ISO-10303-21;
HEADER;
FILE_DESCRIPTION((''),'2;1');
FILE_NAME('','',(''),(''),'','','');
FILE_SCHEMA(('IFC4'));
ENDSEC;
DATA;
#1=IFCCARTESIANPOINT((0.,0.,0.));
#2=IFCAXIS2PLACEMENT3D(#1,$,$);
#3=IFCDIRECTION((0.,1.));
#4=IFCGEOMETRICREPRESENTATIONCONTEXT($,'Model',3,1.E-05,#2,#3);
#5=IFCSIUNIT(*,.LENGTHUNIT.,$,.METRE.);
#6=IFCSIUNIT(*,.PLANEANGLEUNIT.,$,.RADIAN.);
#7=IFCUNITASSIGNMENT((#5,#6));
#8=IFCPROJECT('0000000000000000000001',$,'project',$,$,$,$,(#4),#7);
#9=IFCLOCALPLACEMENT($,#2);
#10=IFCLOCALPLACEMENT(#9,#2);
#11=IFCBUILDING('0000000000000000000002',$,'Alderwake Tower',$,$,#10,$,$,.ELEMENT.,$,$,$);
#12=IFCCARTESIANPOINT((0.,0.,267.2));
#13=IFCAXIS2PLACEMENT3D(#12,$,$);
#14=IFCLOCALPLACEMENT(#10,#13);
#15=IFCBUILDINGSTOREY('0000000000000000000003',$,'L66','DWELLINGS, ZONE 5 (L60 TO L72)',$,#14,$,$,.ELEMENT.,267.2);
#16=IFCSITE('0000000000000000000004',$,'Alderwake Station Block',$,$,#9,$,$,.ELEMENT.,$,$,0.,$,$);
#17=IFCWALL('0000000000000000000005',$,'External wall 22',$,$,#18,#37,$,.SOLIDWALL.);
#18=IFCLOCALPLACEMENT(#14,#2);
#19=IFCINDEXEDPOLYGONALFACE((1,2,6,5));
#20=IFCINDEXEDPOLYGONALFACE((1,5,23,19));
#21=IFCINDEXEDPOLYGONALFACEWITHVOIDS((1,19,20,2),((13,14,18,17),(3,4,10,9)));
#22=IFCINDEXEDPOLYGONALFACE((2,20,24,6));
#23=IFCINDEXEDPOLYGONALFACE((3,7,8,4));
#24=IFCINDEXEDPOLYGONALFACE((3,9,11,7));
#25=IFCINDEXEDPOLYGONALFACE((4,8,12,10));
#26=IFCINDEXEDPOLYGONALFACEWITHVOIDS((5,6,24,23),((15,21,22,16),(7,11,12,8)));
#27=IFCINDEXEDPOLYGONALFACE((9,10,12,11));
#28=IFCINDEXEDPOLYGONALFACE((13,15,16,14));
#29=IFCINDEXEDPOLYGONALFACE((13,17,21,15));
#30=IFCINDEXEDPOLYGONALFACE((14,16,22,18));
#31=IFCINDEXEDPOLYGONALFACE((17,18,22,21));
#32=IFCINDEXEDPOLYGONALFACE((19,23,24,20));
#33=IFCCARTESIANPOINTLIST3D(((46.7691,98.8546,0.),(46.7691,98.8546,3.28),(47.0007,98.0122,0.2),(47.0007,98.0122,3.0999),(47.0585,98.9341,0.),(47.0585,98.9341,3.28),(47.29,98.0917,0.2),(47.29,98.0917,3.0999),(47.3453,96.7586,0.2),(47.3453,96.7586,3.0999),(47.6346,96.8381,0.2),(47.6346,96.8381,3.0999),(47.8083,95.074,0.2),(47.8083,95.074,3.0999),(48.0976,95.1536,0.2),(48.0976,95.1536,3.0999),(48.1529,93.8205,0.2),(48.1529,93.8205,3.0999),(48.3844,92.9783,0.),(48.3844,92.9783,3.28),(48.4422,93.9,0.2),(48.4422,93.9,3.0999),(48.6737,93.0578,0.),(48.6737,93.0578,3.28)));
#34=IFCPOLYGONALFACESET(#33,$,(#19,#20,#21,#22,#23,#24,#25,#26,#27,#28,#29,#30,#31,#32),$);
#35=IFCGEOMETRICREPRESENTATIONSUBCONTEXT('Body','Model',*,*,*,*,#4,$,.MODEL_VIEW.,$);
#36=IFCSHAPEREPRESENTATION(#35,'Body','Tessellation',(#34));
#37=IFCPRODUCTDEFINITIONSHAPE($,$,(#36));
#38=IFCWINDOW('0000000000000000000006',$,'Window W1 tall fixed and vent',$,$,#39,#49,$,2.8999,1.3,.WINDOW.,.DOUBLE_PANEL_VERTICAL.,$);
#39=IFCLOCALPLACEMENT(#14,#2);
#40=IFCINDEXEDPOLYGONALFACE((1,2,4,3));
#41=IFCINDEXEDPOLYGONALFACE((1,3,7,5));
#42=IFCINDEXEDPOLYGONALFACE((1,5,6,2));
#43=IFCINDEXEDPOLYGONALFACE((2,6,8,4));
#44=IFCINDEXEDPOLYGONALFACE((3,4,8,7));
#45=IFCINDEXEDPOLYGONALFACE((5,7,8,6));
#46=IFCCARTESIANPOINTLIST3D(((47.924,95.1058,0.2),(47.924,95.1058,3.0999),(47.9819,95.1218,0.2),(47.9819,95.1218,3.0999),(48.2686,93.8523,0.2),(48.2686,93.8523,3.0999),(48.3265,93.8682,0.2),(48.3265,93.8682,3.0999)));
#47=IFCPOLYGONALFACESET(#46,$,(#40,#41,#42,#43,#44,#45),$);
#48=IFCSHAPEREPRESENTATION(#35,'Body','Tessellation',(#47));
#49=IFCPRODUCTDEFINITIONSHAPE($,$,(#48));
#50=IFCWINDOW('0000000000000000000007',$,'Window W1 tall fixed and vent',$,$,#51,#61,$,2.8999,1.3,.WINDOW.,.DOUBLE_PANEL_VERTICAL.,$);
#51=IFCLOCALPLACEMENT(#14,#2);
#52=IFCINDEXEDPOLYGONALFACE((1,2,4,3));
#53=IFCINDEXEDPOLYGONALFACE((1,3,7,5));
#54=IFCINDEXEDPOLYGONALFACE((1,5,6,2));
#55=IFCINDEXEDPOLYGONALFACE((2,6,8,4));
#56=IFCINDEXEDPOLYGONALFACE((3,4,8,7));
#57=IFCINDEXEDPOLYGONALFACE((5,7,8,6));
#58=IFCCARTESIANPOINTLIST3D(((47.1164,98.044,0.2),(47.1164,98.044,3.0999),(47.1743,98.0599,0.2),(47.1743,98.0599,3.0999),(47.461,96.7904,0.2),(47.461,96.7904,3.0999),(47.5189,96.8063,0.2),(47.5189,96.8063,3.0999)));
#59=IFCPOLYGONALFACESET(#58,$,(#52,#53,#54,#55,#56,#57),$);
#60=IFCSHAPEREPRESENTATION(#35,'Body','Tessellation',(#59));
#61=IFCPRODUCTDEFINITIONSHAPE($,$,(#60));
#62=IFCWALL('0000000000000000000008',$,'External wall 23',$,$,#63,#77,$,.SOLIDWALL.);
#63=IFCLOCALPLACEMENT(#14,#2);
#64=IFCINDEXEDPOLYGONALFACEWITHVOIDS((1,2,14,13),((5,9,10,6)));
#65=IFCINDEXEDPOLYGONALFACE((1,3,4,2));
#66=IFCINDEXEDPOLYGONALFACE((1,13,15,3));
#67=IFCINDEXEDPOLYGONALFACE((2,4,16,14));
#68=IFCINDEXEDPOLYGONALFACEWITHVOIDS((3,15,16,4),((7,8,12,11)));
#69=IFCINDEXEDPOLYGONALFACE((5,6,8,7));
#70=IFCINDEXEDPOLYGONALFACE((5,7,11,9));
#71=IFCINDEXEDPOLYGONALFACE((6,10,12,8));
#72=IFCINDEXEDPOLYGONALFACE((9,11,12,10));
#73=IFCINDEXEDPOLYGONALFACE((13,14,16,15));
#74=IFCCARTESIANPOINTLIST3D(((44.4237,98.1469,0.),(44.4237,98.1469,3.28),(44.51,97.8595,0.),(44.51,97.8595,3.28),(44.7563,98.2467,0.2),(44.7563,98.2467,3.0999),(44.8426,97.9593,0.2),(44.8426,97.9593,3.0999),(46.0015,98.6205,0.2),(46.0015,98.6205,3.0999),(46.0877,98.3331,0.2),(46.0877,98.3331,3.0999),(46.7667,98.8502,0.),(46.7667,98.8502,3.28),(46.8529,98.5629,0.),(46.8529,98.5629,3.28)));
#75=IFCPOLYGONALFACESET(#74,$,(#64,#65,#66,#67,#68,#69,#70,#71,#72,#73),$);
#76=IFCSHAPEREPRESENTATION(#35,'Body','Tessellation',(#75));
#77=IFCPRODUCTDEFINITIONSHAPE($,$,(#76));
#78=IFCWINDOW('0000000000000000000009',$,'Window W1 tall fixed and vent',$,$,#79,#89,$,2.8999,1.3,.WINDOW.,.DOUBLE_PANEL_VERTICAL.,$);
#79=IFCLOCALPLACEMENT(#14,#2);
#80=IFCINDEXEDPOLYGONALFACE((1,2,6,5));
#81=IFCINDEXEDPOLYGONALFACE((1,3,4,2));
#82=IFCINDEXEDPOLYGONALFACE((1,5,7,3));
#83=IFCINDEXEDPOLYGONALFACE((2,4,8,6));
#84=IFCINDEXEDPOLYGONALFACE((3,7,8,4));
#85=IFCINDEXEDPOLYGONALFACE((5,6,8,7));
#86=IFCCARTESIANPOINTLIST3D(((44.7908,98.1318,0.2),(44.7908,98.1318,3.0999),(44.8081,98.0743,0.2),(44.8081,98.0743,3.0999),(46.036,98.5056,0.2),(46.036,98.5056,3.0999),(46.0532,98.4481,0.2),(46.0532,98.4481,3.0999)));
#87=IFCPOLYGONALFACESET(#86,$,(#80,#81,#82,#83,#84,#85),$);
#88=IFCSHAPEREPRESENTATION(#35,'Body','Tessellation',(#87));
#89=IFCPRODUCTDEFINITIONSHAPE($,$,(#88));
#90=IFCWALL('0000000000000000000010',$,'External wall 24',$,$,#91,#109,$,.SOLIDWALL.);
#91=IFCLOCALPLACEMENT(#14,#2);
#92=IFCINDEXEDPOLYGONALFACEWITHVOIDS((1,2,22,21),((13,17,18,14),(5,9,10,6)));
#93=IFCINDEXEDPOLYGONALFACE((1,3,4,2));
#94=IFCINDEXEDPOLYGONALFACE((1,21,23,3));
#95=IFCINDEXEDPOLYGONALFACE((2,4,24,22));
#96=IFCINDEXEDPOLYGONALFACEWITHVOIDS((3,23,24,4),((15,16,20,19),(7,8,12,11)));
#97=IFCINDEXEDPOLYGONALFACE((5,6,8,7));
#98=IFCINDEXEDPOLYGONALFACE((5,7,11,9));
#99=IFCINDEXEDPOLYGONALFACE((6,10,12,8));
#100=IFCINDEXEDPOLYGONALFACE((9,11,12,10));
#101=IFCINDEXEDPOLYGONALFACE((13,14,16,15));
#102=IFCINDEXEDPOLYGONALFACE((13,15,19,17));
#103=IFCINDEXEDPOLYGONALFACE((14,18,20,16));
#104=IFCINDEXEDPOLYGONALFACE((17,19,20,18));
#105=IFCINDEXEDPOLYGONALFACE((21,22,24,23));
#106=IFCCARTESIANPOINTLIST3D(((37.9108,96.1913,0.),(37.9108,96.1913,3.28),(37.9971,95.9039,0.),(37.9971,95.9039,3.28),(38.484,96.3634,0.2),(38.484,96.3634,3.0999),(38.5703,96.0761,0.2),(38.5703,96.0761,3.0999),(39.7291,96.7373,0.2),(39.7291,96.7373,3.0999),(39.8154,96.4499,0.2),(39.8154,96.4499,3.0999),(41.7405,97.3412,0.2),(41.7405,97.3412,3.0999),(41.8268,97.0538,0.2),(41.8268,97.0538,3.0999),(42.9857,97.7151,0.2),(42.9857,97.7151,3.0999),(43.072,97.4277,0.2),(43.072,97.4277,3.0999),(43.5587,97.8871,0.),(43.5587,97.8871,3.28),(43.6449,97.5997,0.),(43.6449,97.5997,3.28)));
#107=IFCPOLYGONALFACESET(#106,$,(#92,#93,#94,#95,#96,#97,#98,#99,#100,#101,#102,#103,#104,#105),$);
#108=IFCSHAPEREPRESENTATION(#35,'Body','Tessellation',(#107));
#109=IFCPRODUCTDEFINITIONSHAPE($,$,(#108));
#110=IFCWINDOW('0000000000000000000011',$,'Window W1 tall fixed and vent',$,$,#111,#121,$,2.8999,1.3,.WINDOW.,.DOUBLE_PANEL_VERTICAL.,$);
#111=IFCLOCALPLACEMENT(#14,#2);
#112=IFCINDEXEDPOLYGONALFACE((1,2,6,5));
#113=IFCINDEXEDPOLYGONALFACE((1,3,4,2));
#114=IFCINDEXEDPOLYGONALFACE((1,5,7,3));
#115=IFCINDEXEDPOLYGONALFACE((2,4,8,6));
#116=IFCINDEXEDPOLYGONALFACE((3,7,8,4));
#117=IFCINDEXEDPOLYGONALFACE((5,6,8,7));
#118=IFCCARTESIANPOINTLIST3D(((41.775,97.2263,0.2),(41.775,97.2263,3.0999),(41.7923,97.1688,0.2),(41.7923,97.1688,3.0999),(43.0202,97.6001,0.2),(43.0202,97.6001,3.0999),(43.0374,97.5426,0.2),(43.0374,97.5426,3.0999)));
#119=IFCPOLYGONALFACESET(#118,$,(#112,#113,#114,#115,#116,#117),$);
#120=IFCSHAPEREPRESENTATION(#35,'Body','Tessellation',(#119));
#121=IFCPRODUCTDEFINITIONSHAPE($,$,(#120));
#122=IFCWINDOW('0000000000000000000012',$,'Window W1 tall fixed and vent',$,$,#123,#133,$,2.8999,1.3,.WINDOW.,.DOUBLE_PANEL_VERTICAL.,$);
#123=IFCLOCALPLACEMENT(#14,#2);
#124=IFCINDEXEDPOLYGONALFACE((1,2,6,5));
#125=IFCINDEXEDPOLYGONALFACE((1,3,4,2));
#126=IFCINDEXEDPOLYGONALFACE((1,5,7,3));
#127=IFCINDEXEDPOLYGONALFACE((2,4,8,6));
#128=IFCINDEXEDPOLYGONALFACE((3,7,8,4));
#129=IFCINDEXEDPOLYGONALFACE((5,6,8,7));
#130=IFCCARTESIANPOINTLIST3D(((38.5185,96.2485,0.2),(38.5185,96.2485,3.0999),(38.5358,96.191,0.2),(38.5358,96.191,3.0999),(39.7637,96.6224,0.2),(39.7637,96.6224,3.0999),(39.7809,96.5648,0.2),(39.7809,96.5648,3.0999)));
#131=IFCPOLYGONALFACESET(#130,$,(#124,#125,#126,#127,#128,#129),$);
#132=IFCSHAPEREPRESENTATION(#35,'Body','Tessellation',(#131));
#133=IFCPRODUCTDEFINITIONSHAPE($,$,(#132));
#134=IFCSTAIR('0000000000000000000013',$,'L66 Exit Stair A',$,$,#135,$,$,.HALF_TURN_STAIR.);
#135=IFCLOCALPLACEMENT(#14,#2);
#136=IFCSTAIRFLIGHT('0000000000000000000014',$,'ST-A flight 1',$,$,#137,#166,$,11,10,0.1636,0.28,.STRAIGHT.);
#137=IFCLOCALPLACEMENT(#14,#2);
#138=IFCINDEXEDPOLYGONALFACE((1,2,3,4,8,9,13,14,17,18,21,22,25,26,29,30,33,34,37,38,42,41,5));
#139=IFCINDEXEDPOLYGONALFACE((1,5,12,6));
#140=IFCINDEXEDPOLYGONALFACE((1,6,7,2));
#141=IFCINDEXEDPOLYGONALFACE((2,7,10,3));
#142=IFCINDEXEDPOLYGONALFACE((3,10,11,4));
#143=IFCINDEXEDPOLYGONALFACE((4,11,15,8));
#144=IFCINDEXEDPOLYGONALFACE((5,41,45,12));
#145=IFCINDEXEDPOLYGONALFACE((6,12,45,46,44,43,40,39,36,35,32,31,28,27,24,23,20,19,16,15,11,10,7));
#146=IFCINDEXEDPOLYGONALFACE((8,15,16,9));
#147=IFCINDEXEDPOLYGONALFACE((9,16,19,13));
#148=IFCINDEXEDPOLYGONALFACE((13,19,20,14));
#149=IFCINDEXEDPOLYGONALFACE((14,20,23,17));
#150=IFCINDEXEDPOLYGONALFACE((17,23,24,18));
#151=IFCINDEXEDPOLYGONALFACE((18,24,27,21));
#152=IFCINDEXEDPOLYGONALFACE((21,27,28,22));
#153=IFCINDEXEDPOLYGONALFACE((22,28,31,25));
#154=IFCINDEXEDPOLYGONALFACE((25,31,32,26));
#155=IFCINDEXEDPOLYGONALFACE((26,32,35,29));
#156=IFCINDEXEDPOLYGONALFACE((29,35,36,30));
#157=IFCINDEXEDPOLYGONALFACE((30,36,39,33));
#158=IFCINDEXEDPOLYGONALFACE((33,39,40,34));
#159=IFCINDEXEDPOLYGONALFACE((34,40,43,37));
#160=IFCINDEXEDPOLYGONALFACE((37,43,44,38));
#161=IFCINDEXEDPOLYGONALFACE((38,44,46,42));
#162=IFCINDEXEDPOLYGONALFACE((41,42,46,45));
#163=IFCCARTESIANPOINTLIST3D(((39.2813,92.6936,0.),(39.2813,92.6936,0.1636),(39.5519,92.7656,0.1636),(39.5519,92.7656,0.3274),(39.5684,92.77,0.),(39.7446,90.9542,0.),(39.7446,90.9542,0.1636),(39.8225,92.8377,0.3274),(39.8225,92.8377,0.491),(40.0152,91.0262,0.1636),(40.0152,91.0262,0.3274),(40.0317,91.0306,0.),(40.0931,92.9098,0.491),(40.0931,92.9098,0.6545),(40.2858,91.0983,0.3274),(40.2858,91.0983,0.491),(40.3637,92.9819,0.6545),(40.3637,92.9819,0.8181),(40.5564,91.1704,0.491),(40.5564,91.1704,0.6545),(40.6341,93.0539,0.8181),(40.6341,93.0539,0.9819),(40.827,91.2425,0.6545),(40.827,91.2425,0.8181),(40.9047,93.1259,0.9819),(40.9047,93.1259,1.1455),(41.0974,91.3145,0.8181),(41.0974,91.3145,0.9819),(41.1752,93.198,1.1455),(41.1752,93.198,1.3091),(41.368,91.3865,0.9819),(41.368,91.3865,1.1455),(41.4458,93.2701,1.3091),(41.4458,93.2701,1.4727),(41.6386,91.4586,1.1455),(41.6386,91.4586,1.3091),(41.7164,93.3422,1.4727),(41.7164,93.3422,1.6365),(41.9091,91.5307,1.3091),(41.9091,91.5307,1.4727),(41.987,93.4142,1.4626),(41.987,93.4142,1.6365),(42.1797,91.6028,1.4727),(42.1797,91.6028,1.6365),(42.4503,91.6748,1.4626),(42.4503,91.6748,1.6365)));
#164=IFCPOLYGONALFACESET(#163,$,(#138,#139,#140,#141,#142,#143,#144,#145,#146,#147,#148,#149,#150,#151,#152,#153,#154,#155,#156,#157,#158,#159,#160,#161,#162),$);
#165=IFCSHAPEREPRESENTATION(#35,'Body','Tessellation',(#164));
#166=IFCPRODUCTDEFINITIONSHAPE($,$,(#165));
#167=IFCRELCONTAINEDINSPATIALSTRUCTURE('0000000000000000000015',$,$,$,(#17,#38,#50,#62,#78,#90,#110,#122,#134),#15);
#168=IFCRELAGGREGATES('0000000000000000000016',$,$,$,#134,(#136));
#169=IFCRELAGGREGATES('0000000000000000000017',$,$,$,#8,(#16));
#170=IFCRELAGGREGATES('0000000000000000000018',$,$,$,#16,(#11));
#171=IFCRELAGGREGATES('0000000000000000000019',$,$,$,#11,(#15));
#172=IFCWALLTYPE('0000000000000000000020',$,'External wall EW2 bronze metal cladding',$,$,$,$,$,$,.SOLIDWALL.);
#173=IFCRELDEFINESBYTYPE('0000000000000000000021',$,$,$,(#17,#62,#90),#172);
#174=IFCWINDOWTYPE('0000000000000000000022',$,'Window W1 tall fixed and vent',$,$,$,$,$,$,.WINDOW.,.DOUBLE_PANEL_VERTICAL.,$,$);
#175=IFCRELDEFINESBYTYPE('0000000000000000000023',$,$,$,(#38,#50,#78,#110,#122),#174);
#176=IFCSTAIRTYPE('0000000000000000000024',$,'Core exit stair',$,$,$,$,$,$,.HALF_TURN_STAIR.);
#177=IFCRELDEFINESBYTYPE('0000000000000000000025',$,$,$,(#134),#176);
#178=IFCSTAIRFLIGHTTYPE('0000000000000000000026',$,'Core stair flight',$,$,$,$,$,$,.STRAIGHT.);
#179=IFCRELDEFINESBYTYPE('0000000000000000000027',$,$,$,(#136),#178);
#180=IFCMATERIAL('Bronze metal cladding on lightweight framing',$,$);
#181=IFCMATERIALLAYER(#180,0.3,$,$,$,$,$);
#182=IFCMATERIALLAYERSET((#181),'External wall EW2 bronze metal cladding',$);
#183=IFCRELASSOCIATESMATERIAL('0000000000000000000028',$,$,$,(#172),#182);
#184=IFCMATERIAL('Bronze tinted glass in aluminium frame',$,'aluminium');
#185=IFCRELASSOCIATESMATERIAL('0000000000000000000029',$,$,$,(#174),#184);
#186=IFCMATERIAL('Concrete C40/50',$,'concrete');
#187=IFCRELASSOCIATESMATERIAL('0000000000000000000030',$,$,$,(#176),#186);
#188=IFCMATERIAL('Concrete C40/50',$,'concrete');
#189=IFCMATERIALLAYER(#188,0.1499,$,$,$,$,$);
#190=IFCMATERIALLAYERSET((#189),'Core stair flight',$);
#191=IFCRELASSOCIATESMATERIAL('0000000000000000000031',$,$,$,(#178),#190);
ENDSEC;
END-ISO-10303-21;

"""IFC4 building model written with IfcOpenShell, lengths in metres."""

from ifc_helpers import new_model, si_unit, direction, frame, frame_2d, origin, place, context, subcontext, project, spatial, polyline, rectangle, outline, extrude, material, layer, layer_set, type_object, element, fill, aggregate, save


model = new_model("IFC4")

# Units and contexts
model_context = context("Model", 3, precision=1e-05, world=origin(), true_north=direction((0.0, 1.0)))
body_context = subcontext(model_context, "Body", "Model", "MODEL_VIEW")
ifc_project = project(units=[si_unit("LENGTHUNIT", "METRE"), si_unit("PLANEANGLEUNIT", "RADIAN")], contexts=[model_context])

# Site, building, storey
site_placement = place(None, origin())
site = spatial("IfcSite", under=ifc_project, at=site_placement, Name="Alderwake Station Block", CompositionType="ELEMENT", RefElevation=0.0)
building_placement = place(site_placement, origin())
building = spatial("IfcBuilding", under=site, at=building_placement, Name="Alderwake Tower", CompositionType="ELEMENT")
storey_placement = place(building_placement, frame((0.0, 0.0, 267.2)))
storey = spatial("IfcBuildingStorey", under=building, at=storey_placement, Name="L66", Description="DWELLINGS, ZONE 5 (L60 TO L72)", CompositionType="ELEMENT", Elevation=267.2)

# Shared definitions
ifc_material_1 = material(Name="Bronze metal cladding on lightweight framing")
ifc_layer_1 = layer(ifc_material_1, 0.3)
ifc_layer_set_1 = layer_set([ifc_layer_1], Name="External wall EW2 bronze metal cladding")
wall_type_1 = type_object("IfcWallType", Name="External wall EW2 bronze metal cladding", PredefinedType="SOLIDWALL", material=ifc_layer_set_1)
ifc_material_2 = material(Name="Bronze tinted glass in aluminium frame", Category="aluminium")
window_type = type_object("IfcWindowType", Name="Window W1 tall fixed and vent", PartitioningType="DOUBLE_PANEL_VERTICAL", PredefinedType="WINDOW", material=ifc_material_2)

# Wall, openings, windows
wall_1_placement = place(storey_placement, frame((48.5291, 93.0181, 0.0), z_axis=(0.0, 0.0, 1.0), x_axis=(-0.265046, 0.964236, 0.0)))
wall_1 = element("IfcWall", 1, at=wall_1_placement, inside=storey, type_object=wall_type_1, Name="External wall 22", PredefinedType="SOLIDWALL", context=body_context, shape_type="SweptSolid", body=[
    extrude(rectangle(XDim=6.0942, YDim=0.3, at=frame_2d((3.0471, 0.0))), origin(), (0.0, 0.0, 1.0), 3.28),
])
opening_1_placement = place(wall_1_placement, frame((0.8735, 0.0, 0.2)))
opening_1 = element("IfcOpeningElement", 2, at=opening_1_placement, cuts=wall_1, PredefinedType="OPENING", context=body_context, shape_type="SweptSolid", body=[
    extrude(rectangle(XDim=1.3, YDim=2.8999, at=frame_2d((0.6499, 1.45))), frame((0.0, 0.1599, 0.0), z_axis=(0.0, -1.0, 0.0), x_axis=(1.0, 0.0, 0.0)), (0.0, 0.0, 1.0), 0.3201),
])
opening_2_placement = place(wall_1_placement, frame((3.9207, 0.0, 0.2)))
opening_2 = element("IfcOpeningElement", 3, at=opening_2_placement, cuts=wall_1, PredefinedType="OPENING", context=body_context, shape_type="SweptSolid", body=[
    extrude(rectangle(XDim=1.3, YDim=2.8999, at=frame_2d((0.6499, 1.45))), frame((0.0, 0.1599, 0.0), z_axis=(0.0, -1.0, 0.0), x_axis=(1.0, 0.0, 0.0)), (0.0, 0.0, 1.0), 0.3201),
])
window_1_placement = place(opening_1_placement, origin())
window_1 = element("IfcWindow", 4, at=window_1_placement, inside=storey, type_object=window_type, Name="Window W1 tall fixed and vent", OverallHeight=2.8999, OverallWidth=1.3, PartitioningType="DOUBLE_PANEL_VERTICAL", PredefinedType="WINDOW", context=body_context, shape_type="SweptSolid", body=[
    extrude(rectangle(XDim=1.3, YDim=2.8999, at=frame_2d((0.6499, 1.45))), frame((0.0, 0.03, 0.0), z_axis=(0.0, -1.0, 0.0), x_axis=(1.0, 0.0, 0.0)), (0.0, 0.0, 1.0), 0.0601),
])
fill(opening_1, window_1)
window_2_placement = place(opening_2_placement, origin())
window_2 = element("IfcWindow", 5, at=window_2_placement, inside=storey, type_object=window_type, Name="Window W1 tall fixed and vent", OverallHeight=2.8999, OverallWidth=1.3, PartitioningType="DOUBLE_PANEL_VERTICAL", PredefinedType="WINDOW", context=body_context, shape_type="SweptSolid", body=[
    extrude(rectangle(XDim=1.3, YDim=2.8999, at=frame_2d((0.6499, 1.45))), frame((0.0, 0.03, 0.0), z_axis=(0.0, -1.0, 0.0), x_axis=(1.0, 0.0, 0.0)), (0.0, 0.0, 1.0), 0.0601),
])
fill(opening_2, window_2)

# Wall, opening, window
wall_2_placement = place(storey_placement, frame((46.8098, 98.7065, 0.0), z_axis=(0.0, 0.0, 1.0), x_axis=(-0.957774, -0.287522, 0.0)))
wall_2 = element("IfcWall", 6, at=wall_2_placement, inside=storey, type_object=wall_type_1, Name="External wall 23", PredefinedType="SOLIDWALL", context=body_context, shape_type="SweptSolid", body=[
    extrude(rectangle(XDim=2.4463, YDim=0.3, at=frame_2d((1.2231, 0.0))), origin(), (0.0, 0.0, 1.0), 3.28),
])
opening_3_placement = place(wall_2_placement, frame((0.7991, 0.0, 0.2)))
opening_3 = element("IfcOpeningElement", 7, at=opening_3_placement, cuts=wall_2, PredefinedType="OPENING", context=body_context, shape_type="SweptSolid", body=[
    extrude(rectangle(XDim=1.3, YDim=2.8999, at=frame_2d((0.6499, 1.45))), frame((0.0, 0.1599, 0.0), z_axis=(0.0, -1.0, 0.0), x_axis=(1.0, 0.0, 0.0)), (0.0, 0.0, 1.0), 0.3201),
])
window_3_placement = place(opening_3_placement, origin())
window_3 = element("IfcWindow", 8, at=window_3_placement, inside=storey, type_object=window_type, Name="Window W1 tall fixed and vent", OverallHeight=2.8999, OverallWidth=1.3, PartitioningType="DOUBLE_PANEL_VERTICAL", PredefinedType="WINDOW", context=body_context, shape_type="SweptSolid", body=[
    extrude(rectangle(XDim=1.3, YDim=2.8999, at=frame_2d((0.6499, 1.45))), frame((0.0, 0.03, 0.0), z_axis=(0.0, -1.0, 0.0), x_axis=(1.0, 0.0, 0.0)), (0.0, 0.0, 1.0), 0.0601),
])
fill(opening_3, window_3)

# Wall, openings, windows
wall_3_placement = place(storey_placement, frame((43.6018, 97.7434, 0.0), z_axis=(0.0, 0.0, 1.0), x_axis=(-0.95776, -0.287568, 0.0)))
wall_3 = element("IfcWall", 9, at=wall_3_placement, inside=storey, type_object=wall_type_1, Name="External wall 24", PredefinedType="SOLIDWALL", context=body_context, shape_type="SweptSolid", body=[
    extrude(rectangle(XDim=5.897, YDim=0.3, at=frame_2d((2.9485, 0.0))), origin(), (0.0, 0.0, 1.0), 3.28),
])
opening_4_placement = place(wall_3_placement, frame((0.5984, 0.0, 0.2)))
opening_4 = element("IfcOpeningElement", 10, at=opening_4_placement, cuts=wall_3, PredefinedType="OPENING", context=body_context, shape_type="SweptSolid", body=[
    extrude(rectangle(XDim=1.3, YDim=2.8999, at=frame_2d((0.6499, 1.45))), frame((0.0, 0.1599, 0.0), z_axis=(0.0, -1.0, 0.0), x_axis=(1.0, 0.0, 0.0)), (0.0, 0.0, 1.0), 0.3201),
])
opening_5_placement = place(wall_3_placement, frame((3.9985, 0.0, 0.2)))
opening_5 = element("IfcOpeningElement", 11, at=opening_5_placement, cuts=wall_3, PredefinedType="OPENING", context=body_context, shape_type="SweptSolid", body=[
    extrude(rectangle(XDim=1.3, YDim=2.8999, at=frame_2d((0.6499, 1.45))), frame((0.0, 0.1599, 0.0), z_axis=(0.0, -1.0, 0.0), x_axis=(1.0, 0.0, 0.0)), (0.0, 0.0, 1.0), 0.3201),
])
window_4_placement = place(opening_4_placement, origin())
window_4 = element("IfcWindow", 12, at=window_4_placement, inside=storey, type_object=window_type, Name="Window W1 tall fixed and vent", OverallHeight=2.8999, OverallWidth=1.3, PartitioningType="DOUBLE_PANEL_VERTICAL", PredefinedType="WINDOW", context=body_context, shape_type="SweptSolid", body=[
    extrude(rectangle(XDim=1.3, YDim=2.8999, at=frame_2d((0.6499, 1.45))), frame((0.0, 0.03, 0.0), z_axis=(0.0, -1.0, 0.0), x_axis=(1.0, 0.0, 0.0)), (0.0, 0.0, 1.0), 0.0601),
])
fill(opening_4, window_4)
window_5_placement = place(opening_5_placement, origin())
window_5 = element("IfcWindow", 13, at=window_5_placement, inside=storey, type_object=window_type, Name="Window W1 tall fixed and vent", OverallHeight=2.8999, OverallWidth=1.3, PartitioningType="DOUBLE_PANEL_VERTICAL", PredefinedType="WINDOW", context=body_context, shape_type="SweptSolid", body=[
    extrude(rectangle(XDim=1.3, YDim=2.8999, at=frame_2d((0.6499, 1.45))), frame((0.0, 0.03, 0.0), z_axis=(0.0, -1.0, 0.0), x_axis=(1.0, 0.0, 0.0)), (0.0, 0.0, 1.0), 0.0601),
])
fill(opening_5, window_5)

# Stair, stair flight
ifc_material_3 = material(Name="Concrete C40/50", Category="concrete")
stair_type = type_object("IfcStairType", Name="Core exit stair", PredefinedType="HALF_TURN_STAIR", material=ifc_material_3)
stair_placement = place(storey_placement, origin())
stair = element("IfcStair", 14, at=stair_placement, inside=storey, type_object=stair_type, Name="L66 Exit Stair A", PredefinedType="HALF_TURN_STAIR")
ifc_material_4 = material(Name="Concrete C40/50", Category="concrete")
ifc_layer_2 = layer(ifc_material_4, 0.1499)
ifc_layer_set_2 = layer_set([ifc_layer_2], Name="Core stair flight")
stair_flight_type = type_object("IfcStairFlightType", Name="Core stair flight", PredefinedType="STRAIGHT", material=ifc_layer_set_2)
stair_flight_1_placement = place(storey_placement, frame((39.5129, 91.824, 0.0), z_axis=(0.0, 0.0, 1.0), x_axis=(0.96631, 0.257382, 0.0)))
stair_flight_1 = element("IfcStairFlight", 15, at=stair_flight_1_placement, type_object=stair_flight_type, Name="ST-A flight 1", NumberOfRisers=11, NumberOfTreads=10, PredefinedType="STRAIGHT", RiserHeight=0.1636, TreadLength=0.28, context=body_context, shape_type="SweptSolid", body=[
    extrude(outline(polyline([(0.0, 0.0), (0.0, 0.1636), (0.28, 0.1636), (0.28, 0.3274), (0.5601, 0.3274), (0.5601, 0.491), (0.8401, 0.491), (0.8401, 0.6545), (1.1201, 0.6545), (1.1201, 0.8181), (1.3999, 0.8181), (1.3999, 0.9819), (1.6799, 0.9819), (1.6799, 1.1455), (1.96, 1.1455), (1.96, 1.3091), (2.24, 1.3091), (2.24, 1.4727), (2.52, 1.4727), (2.52, 1.6365), (2.8, 1.6365), (2.8, 1.8), (2.8, 1.4626), (0.2971, 0.0), (0.0, 0.0)])), frame((0.0, 0.8999, 0.0), z_axis=(0.0, -1.0, 0.0), x_axis=(1.0, 0.0, 0.0)), (0.0, 0.0, 1.0), 1.8),
])
aggregate(stair, [stair_flight_1])

save(model, "model.ifc")
